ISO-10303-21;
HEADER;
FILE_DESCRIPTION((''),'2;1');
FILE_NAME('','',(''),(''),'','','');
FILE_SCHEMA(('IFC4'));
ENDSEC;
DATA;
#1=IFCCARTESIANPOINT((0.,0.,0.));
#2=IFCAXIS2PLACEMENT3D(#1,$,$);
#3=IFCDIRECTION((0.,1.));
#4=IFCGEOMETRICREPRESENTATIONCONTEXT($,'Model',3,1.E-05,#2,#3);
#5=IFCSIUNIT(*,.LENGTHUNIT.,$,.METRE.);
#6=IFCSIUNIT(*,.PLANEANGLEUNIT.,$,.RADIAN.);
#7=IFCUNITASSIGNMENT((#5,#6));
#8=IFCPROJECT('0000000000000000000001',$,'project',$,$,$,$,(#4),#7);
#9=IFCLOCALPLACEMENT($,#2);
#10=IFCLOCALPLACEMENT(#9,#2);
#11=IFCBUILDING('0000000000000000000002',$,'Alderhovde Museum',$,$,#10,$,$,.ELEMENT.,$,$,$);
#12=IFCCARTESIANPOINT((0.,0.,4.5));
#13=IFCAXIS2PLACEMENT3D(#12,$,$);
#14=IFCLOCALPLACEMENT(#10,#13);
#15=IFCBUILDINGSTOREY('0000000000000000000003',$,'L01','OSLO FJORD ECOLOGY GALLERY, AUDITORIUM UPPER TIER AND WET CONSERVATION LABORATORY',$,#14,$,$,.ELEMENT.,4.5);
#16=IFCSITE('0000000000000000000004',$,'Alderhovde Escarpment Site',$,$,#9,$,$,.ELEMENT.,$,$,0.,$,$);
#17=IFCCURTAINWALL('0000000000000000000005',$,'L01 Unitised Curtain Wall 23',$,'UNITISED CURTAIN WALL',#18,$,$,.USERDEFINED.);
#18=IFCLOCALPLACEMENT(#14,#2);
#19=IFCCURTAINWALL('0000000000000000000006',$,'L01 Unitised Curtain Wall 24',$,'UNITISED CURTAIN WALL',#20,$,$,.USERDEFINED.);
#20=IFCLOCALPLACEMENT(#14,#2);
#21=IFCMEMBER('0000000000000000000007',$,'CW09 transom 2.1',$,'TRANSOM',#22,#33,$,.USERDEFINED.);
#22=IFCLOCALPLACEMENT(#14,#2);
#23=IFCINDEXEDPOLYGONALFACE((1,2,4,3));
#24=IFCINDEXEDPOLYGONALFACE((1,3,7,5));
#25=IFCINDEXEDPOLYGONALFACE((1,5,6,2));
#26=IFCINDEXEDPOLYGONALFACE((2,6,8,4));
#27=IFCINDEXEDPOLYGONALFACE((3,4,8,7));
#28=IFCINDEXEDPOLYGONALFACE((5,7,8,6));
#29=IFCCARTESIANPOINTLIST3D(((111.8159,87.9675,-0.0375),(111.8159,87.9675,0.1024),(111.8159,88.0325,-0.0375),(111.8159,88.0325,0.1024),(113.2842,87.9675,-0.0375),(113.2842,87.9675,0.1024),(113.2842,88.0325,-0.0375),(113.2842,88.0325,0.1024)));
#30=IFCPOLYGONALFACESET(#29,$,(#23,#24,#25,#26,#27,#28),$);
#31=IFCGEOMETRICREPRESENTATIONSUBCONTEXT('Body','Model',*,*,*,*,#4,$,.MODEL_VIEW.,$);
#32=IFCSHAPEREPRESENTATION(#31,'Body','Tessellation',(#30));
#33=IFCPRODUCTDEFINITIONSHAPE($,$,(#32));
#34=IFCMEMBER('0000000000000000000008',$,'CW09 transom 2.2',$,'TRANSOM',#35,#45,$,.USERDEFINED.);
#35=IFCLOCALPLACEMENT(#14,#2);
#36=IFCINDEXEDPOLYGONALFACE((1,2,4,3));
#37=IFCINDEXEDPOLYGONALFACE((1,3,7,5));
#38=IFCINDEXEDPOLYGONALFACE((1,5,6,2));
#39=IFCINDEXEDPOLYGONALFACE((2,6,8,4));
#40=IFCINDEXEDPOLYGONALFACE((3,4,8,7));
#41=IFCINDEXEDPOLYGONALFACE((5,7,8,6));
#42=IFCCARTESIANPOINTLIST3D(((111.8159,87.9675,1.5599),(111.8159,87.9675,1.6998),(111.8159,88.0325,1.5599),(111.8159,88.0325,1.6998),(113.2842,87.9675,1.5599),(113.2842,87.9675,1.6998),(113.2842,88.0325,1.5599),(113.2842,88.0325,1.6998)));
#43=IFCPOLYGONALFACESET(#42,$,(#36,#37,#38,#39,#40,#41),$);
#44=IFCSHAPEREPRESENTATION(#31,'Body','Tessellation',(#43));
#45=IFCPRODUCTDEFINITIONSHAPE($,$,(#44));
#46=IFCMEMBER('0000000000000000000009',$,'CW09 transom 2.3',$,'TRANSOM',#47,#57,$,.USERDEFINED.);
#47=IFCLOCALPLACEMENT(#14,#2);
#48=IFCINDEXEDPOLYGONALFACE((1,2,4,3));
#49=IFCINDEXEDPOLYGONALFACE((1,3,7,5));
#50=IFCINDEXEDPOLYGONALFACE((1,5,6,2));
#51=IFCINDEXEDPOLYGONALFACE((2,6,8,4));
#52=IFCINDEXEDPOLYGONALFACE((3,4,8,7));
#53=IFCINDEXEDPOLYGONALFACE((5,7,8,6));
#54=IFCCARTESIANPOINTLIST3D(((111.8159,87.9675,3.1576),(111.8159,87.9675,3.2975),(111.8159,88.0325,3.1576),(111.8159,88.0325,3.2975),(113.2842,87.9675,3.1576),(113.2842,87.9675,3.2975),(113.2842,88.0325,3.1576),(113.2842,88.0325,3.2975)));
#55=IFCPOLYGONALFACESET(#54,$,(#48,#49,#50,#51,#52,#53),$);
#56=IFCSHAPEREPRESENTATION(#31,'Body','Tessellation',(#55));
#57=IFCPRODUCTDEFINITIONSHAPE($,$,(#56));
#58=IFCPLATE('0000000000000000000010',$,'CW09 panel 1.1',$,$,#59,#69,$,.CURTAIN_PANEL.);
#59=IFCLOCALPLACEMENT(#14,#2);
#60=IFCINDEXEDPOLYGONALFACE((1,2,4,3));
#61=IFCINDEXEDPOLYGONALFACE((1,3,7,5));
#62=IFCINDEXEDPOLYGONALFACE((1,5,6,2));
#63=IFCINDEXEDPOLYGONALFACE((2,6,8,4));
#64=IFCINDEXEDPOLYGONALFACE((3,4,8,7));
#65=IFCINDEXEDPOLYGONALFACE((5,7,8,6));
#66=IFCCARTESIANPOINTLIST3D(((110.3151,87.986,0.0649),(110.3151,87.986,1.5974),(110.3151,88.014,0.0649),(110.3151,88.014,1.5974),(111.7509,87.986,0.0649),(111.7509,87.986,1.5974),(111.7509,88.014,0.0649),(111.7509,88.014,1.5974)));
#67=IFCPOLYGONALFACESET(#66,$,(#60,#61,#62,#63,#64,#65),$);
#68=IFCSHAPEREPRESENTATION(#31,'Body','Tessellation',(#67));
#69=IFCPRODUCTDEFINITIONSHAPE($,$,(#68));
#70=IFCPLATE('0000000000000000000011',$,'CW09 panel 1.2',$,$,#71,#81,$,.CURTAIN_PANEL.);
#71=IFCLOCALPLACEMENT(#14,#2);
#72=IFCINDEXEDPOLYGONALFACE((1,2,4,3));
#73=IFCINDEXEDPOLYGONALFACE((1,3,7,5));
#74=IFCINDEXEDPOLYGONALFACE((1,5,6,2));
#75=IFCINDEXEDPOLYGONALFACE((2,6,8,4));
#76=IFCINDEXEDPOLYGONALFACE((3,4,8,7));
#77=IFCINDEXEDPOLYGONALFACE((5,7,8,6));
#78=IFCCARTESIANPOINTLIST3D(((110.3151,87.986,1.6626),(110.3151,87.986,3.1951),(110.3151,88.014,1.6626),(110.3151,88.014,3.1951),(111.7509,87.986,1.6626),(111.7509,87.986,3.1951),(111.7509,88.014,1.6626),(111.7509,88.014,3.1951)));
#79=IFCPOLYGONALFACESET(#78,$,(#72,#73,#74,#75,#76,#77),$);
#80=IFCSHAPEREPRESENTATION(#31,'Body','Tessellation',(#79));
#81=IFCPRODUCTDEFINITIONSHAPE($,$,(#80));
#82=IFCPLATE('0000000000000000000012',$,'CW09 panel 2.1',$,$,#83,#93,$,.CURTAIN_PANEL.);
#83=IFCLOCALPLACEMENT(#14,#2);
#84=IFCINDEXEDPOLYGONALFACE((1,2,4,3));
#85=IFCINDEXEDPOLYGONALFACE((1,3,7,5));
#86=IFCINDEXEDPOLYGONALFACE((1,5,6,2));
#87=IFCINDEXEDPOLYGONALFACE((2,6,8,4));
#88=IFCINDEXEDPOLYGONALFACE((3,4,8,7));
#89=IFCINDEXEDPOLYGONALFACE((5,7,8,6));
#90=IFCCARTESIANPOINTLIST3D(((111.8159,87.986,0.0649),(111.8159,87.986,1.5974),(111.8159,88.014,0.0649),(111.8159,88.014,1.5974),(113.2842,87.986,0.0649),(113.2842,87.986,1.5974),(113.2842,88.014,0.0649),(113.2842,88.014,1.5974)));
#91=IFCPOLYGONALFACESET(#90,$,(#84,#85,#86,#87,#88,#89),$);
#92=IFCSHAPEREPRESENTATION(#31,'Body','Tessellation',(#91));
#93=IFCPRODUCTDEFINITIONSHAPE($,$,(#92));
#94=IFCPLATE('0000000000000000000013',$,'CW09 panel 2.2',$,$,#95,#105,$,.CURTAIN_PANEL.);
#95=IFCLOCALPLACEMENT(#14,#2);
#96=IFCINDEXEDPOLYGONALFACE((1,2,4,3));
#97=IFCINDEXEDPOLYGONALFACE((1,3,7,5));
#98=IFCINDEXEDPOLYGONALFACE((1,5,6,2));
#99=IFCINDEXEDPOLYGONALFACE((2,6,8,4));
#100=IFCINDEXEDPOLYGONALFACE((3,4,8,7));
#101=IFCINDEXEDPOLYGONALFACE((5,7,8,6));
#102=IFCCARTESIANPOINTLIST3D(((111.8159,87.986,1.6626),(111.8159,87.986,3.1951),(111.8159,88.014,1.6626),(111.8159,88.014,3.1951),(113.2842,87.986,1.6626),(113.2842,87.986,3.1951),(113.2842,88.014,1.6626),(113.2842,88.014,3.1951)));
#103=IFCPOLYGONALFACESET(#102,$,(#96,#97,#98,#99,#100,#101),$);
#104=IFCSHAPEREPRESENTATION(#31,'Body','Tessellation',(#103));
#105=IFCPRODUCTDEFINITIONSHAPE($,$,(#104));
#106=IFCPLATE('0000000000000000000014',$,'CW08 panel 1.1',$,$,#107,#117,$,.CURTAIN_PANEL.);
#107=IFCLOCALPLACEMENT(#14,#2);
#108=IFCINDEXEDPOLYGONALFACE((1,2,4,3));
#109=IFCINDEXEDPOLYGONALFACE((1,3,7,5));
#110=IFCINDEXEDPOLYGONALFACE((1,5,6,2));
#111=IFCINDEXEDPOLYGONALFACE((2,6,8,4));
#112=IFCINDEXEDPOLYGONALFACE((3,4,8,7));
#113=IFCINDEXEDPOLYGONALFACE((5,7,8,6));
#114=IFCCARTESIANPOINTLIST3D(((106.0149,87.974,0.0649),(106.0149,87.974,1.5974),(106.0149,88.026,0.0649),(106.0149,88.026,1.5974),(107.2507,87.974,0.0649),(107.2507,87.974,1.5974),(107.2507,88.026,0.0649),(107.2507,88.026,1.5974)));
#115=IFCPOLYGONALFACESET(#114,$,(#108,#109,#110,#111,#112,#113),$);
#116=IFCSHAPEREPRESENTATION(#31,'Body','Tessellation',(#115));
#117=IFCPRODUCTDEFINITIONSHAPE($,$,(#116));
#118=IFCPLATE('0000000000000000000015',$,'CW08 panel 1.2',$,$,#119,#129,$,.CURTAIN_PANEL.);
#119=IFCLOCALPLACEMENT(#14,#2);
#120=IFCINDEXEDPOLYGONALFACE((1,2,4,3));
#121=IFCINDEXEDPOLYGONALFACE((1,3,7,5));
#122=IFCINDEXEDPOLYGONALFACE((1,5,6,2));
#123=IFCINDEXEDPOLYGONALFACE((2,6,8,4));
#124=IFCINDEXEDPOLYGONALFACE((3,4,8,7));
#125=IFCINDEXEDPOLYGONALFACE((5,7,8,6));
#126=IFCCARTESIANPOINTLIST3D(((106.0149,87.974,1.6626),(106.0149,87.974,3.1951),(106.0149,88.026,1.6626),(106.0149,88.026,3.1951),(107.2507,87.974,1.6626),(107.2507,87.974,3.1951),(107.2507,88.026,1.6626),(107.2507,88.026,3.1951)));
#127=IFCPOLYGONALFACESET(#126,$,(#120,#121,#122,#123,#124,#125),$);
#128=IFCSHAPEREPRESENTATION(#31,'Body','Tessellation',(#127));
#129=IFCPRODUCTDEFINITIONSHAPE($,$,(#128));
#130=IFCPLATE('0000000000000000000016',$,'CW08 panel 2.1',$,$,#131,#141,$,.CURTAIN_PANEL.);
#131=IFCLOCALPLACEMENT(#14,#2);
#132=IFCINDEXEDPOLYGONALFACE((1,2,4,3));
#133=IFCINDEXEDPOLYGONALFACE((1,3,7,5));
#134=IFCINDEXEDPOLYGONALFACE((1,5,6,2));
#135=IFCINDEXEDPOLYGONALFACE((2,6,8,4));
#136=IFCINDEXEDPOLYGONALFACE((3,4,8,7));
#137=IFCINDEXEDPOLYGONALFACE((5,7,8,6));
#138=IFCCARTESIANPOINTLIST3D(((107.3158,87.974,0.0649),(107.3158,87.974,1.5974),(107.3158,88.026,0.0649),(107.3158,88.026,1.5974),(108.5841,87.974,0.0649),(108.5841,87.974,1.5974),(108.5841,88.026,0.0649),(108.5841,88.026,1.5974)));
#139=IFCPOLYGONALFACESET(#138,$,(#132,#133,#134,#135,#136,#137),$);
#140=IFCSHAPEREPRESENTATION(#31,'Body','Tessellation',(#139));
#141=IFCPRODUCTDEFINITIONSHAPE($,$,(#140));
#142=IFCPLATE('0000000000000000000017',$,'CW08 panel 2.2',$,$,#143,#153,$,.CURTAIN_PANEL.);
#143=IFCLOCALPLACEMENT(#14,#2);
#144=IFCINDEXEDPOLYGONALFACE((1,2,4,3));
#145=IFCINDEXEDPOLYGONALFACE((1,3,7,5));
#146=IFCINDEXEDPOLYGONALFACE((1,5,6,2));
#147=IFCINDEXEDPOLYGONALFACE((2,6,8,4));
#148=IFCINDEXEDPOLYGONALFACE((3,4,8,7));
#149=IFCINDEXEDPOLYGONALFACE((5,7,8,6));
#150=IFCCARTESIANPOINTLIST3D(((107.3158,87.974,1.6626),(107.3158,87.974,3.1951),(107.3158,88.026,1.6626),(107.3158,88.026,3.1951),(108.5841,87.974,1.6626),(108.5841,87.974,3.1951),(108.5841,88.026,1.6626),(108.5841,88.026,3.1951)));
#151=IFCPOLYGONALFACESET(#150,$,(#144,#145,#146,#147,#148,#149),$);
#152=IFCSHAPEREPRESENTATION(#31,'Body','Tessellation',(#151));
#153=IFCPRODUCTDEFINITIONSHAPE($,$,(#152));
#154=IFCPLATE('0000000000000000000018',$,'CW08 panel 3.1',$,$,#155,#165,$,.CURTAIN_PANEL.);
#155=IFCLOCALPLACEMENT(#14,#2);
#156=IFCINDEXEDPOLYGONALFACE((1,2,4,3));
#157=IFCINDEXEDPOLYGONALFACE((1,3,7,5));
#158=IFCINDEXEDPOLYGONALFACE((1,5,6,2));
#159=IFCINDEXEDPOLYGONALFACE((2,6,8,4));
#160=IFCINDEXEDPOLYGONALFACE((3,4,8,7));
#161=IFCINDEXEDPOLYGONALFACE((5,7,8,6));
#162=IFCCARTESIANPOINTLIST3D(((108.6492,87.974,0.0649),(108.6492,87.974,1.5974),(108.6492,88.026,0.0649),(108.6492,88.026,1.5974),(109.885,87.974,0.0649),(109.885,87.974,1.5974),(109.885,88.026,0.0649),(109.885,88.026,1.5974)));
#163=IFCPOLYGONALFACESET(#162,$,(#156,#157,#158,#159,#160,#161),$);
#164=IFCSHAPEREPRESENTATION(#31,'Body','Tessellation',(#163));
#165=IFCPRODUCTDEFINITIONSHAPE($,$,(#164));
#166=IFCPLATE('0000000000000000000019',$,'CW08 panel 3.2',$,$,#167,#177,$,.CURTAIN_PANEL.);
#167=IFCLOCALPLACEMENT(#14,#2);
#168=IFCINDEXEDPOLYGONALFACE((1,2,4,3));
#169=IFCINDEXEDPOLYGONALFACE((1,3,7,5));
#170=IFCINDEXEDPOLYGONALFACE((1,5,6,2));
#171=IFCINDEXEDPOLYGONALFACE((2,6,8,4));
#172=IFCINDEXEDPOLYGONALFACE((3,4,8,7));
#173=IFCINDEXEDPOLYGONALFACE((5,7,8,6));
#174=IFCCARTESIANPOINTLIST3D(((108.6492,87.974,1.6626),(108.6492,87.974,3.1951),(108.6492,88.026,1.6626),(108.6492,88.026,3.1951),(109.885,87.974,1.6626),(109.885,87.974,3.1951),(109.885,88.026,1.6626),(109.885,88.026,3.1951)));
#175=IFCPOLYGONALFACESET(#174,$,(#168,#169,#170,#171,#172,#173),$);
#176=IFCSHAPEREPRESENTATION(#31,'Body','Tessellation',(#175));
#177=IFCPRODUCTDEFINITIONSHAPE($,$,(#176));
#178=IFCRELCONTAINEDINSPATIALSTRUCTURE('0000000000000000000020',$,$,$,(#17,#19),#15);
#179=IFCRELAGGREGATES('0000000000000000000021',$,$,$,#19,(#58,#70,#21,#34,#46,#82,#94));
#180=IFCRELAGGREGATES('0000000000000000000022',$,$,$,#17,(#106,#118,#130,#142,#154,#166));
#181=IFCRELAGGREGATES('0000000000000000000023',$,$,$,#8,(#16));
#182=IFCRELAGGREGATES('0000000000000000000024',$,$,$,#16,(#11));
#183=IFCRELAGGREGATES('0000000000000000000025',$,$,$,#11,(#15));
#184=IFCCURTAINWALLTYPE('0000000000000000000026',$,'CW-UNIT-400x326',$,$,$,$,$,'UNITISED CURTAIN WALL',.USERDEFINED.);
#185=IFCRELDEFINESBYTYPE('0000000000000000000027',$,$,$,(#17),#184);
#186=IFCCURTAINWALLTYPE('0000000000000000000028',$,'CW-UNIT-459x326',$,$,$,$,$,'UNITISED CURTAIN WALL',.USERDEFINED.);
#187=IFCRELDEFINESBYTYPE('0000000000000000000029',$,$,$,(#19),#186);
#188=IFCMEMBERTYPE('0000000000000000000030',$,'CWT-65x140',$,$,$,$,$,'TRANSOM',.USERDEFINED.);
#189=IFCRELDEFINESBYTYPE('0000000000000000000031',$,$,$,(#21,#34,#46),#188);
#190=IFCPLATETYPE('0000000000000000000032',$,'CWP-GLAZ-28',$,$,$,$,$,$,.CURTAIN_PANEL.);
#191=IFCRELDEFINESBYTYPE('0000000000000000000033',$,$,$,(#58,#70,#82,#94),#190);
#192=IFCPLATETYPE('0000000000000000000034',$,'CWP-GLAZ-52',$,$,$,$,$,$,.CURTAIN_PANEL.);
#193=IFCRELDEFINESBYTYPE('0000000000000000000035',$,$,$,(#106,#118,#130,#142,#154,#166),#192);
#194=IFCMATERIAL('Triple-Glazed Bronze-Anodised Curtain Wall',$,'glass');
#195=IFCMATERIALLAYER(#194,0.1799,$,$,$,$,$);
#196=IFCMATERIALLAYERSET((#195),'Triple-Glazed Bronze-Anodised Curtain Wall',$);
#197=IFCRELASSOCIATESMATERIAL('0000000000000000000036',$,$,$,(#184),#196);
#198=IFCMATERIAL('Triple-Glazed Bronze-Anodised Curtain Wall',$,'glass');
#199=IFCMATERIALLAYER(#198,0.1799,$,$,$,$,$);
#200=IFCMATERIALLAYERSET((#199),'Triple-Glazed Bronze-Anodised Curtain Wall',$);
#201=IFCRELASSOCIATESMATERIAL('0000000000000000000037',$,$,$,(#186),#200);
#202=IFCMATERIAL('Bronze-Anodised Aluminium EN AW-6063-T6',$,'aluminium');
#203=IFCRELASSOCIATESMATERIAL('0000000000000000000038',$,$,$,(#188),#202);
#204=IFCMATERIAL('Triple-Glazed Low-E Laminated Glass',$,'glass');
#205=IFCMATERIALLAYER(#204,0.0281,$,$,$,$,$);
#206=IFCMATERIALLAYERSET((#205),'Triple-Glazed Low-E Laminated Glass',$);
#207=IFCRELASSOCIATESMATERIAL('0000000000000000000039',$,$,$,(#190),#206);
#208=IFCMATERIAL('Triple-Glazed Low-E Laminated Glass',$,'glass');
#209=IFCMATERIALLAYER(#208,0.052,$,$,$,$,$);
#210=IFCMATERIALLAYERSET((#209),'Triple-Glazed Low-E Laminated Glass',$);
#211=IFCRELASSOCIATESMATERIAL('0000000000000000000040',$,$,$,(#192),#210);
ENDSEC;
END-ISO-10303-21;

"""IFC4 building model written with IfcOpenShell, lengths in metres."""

from ifc_helpers import new_model, si_unit, direction, frame, origin, origin_2d, place, context, subcontext, project, spatial, rectangle, extrude, material, layer, layer_set, material_profile, profile_set, type_object, element, aggregate, save


model = new_model("IFC4")

# Units and contexts
model_context = context("Model", 3, precision=1e-05, world=origin(), true_north=direction((0.0, 1.0)))
body_context = subcontext(model_context, "Body", "Model", "MODEL_VIEW")
ifc_project = project(units=[si_unit("LENGTHUNIT", "METRE"), si_unit("PLANEANGLEUNIT", "RADIAN")], contexts=[model_context])

# Site, building, storey
site_placement = place(None, origin())
site = spatial("IfcSite", under=ifc_project, at=site_placement, Name="Alderhovde Escarpment Site", CompositionType="ELEMENT", RefElevation=0.0)
building_placement = place(site_placement, origin())
building = spatial("IfcBuilding", under=site, at=building_placement, Name="Alderhovde Museum", CompositionType="ELEMENT")
storey_placement = place(building_placement, frame((0.0, 0.0, 4.5)))
storey = spatial("IfcBuildingStorey", under=building, at=storey_placement, Name="L01", Description="OSLO FJORD ECOLOGY GALLERY, AUDITORIUM UPPER TIER AND WET CONSERVATION LABORATORY", CompositionType="ELEMENT", Elevation=4.5)

# Curtain walls
ifc_material_1 = material(Name="Triple-Glazed Bronze-Anodised Curtain Wall", Category="glass")
ifc_layer_1 = layer(ifc_material_1, 0.1799)
ifc_layer_set_1 = layer_set([ifc_layer_1], Name="Triple-Glazed Bronze-Anodised Curtain Wall")
curtain_wall_type_1 = type_object("IfcCurtainWallType", Name="CW-UNIT-400x326", ElementType="UNITISED CURTAIN WALL", PredefinedType="USERDEFINED", material=ifc_layer_set_1)
curtain_wall_1_placement = place(storey_placement, origin())
curtain_wall_1 = element("IfcCurtainWall", 1, at=curtain_wall_1_placement, inside=storey, type_object=curtain_wall_type_1, Name="L01 Unitised Curtain Wall 23", ObjectType="UNITISED CURTAIN WALL", PredefinedType="USERDEFINED")
ifc_material_2 = material(Name="Triple-Glazed Bronze-Anodised Curtain Wall", Category="glass")
ifc_layer_2 = layer(ifc_material_2, 0.1799)
ifc_layer_set_2 = layer_set([ifc_layer_2], Name="Triple-Glazed Bronze-Anodised Curtain Wall")
curtain_wall_type_2 = type_object("IfcCurtainWallType", Name="CW-UNIT-459x326", ElementType="UNITISED CURTAIN WALL", PredefinedType="USERDEFINED", material=ifc_layer_set_2)
curtain_wall_2_placement = place(storey_placement, origin())
curtain_wall_2 = element("IfcCurtainWall", 2, at=curtain_wall_2_placement, inside=storey, type_object=curtain_wall_type_2, Name="L01 Unitised Curtain Wall 24", ObjectType="UNITISED CURTAIN WALL", PredefinedType="USERDEFINED")

# Members
ifc_material_3 = material(Name="Bronze-Anodised Aluminium EN AW-6063-T6", Category="aluminium")
ifc_material_profile_1 = material_profile(ifc_material_3, rectangle(XDim=0.0649, YDim=0.1399, at=origin_2d()), Name="TRANSOM 65x140")
ifc_profile_set_1 = profile_set([ifc_material_profile_1], Name="Bronze-Anodised Aluminium EN AW-6063-T6")
member_type_1 = type_object("IfcMemberType", Name="CWT-65x140", ElementType="TRANSOM", PredefinedType="USERDEFINED", material=ifc_profile_set_1)
member_1_placement = place(storey_placement, frame((111.8159, 88.0, 0.0325), z_axis=(1.0, 0.0, 0.0), x_axis=(0.0, 1.0, 0.0)))
member_1 = element("IfcMember", 3, at=member_1_placement, type_object=member_type_1, Name="CW09 transom 2.1", ObjectType="TRANSOM", PredefinedType="USERDEFINED", context=body_context, shape_type="SweptSolid", body=[
    extrude(rectangle(XDim=0.0649, YDim=0.1399, at=origin_2d()), origin(), (0.0, 0.0, 1.0), 1.4683),
])
member_2_placement = place(storey_placement, frame((111.8159, 88.0, 1.6299), z_axis=(1.0, 0.0, 0.0), x_axis=(0.0, 1.0, 0.0)))
member_2 = element("IfcMember", 4, at=member_2_placement, type_object=member_type_1, Name="CW09 transom 2.2", ObjectType="TRANSOM", PredefinedType="USERDEFINED", context=body_context, shape_type="SweptSolid", body=[
    extrude(rectangle(XDim=0.0649, YDim=0.1399, at=origin_2d()), origin(), (0.0, 0.0, 1.0), 1.4683),
])
member_3_placement = place(storey_placement, frame((111.8159, 88.0, 3.2275), z_axis=(1.0, 0.0, 0.0), x_axis=(0.0, 1.0, 0.0)))
member_3 = element("IfcMember", 5, at=member_3_placement, type_object=member_type_1, Name="CW09 transom 2.3", ObjectType="TRANSOM", PredefinedType="USERDEFINED", context=body_context, shape_type="SweptSolid", body=[
    extrude(rectangle(XDim=0.0649, YDim=0.1399, at=origin_2d()), origin(), (0.0, 0.0, 1.0), 1.4683),
])

# Plates
ifc_material_4 = material(Name="Triple-Glazed Low-E Laminated Glass", Category="glass")
ifc_layer_3 = layer(ifc_material_4, 0.0281)
ifc_layer_set_3 = layer_set([ifc_layer_3], Name="Triple-Glazed Low-E Laminated Glass")
plate_type_1 = type_object("IfcPlateType", Name="CWP-GLAZ-28", PredefinedType="CURTAIN_PANEL", material=ifc_layer_set_3)
plate_1_placement = place(storey_placement, frame((111.033, 88.0, 0.0649), z_axis=(0.0, 0.0, 1.0), x_axis=(1.0, 0.0, 0.0)))
plate_1 = element("IfcPlate", 6, at=plate_1_placement, type_object=plate_type_1, Name="CW09 panel 1.1", PredefinedType="CURTAIN_PANEL", context=body_context, shape_type="SweptSolid", body=[
    extrude(rectangle(XDim=1.4358, YDim=0.0281, at=origin_2d()), origin(), (0.0, 0.0, 1.0), 1.5325),
])
plate_2_placement = place(storey_placement, frame((111.033, 88.0, 1.6626), z_axis=(0.0, 0.0, 1.0), x_axis=(1.0, 0.0, 0.0)))
plate_2 = element("IfcPlate", 7, at=plate_2_placement, type_object=plate_type_1, Name="CW09 panel 1.2", PredefinedType="CURTAIN_PANEL", context=body_context, shape_type="SweptSolid", body=[
    extrude(rectangle(XDim=1.4358, YDim=0.0281, at=origin_2d()), origin(), (0.0, 0.0, 1.0), 1.5325),
])
plate_3_placement = place(storey_placement, frame((112.55, 88.0, 0.0649), z_axis=(0.0, 0.0, 1.0), x_axis=(1.0, 0.0, 0.0)))
plate_3 = element("IfcPlate", 8, at=plate_3_placement, type_object=plate_type_1, Name="CW09 panel 2.1", PredefinedType="CURTAIN_PANEL", context=body_context, shape_type="SweptSolid", body=[
    extrude(rectangle(XDim=1.4683, YDim=0.0281, at=origin_2d()), origin(), (0.0, 0.0, 1.0), 1.5325),
])
plate_4_placement = place(storey_placement, frame((112.55, 88.0, 1.6626), z_axis=(0.0, 0.0, 1.0), x_axis=(1.0, 0.0, 0.0)))
plate_4 = element("IfcPlate", 9, at=plate_4_placement, type_object=plate_type_1, Name="CW09 panel 2.2", PredefinedType="CURTAIN_PANEL", context=body_context, shape_type="SweptSolid", body=[
    extrude(rectangle(XDim=1.4683, YDim=0.0281, at=origin_2d()), origin(), (0.0, 0.0, 1.0), 1.5325),
])
aggregate(curtain_wall_2, [plate_1, plate_2, member_1, member_2, member_3, plate_3, plate_4])
ifc_material_5 = material(Name="Triple-Glazed Low-E Laminated Glass", Category="glass")
ifc_layer_4 = layer(ifc_material_5, 0.052)
ifc_layer_set_4 = layer_set([ifc_layer_4], Name="Triple-Glazed Low-E Laminated Glass")
plate_type_2 = type_object("IfcPlateType", Name="CWP-GLAZ-52", PredefinedType="CURTAIN_PANEL", material=ifc_layer_set_4)
plate_5_placement = place(storey_placement, frame((106.6328, 88.0, 0.0649), z_axis=(0.0, 0.0, 1.0), x_axis=(1.0, 0.0, 0.0)))
plate_5 = element("IfcPlate", 10, at=plate_5_placement, type_object=plate_type_2, Name="CW08 panel 1.1", PredefinedType="CURTAIN_PANEL", context=body_context, shape_type="SweptSolid", body=[
    extrude(rectangle(XDim=1.2358, YDim=0.052, at=origin_2d()), origin(), (0.0, 0.0, 1.0), 1.5325),
])
plate_6_placement = place(storey_placement, frame((106.6328, 88.0, 1.6626), z_axis=(0.0, 0.0, 1.0), x_axis=(1.0, 0.0, 0.0)))
plate_6 = element("IfcPlate", 11, at=plate_6_placement, type_object=plate_type_2, Name="CW08 panel 1.2", PredefinedType="CURTAIN_PANEL", context=body_context, shape_type="SweptSolid", body=[
    extrude(rectangle(XDim=1.2358, YDim=0.052, at=origin_2d()), origin(), (0.0, 0.0, 1.0), 1.5325),
])
plate_7_placement = place(storey_placement, frame((107.95, 88.0, 0.0649), z_axis=(0.0, 0.0, 1.0), x_axis=(1.0, 0.0, 0.0)))
plate_7 = element("IfcPlate", 12, at=plate_7_placement, type_object=plate_type_2, Name="CW08 panel 2.1", PredefinedType="CURTAIN_PANEL", context=body_context, shape_type="SweptSolid", body=[
    extrude(rectangle(XDim=1.2683, YDim=0.052, at=origin_2d()), origin(), (0.0, 0.0, 1.0), 1.5325),
])
plate_8_placement = place(storey_placement, frame((107.95, 88.0, 1.6626), z_axis=(0.0, 0.0, 1.0), x_axis=(1.0, 0.0, 0.0)))
plate_8 = element("IfcPlate", 13, at=plate_8_placement, type_object=plate_type_2, Name="CW08 panel 2.2", PredefinedType="CURTAIN_PANEL", context=body_context, shape_type="SweptSolid", body=[
    extrude(rectangle(XDim=1.2683, YDim=0.052, at=origin_2d()), origin(), (0.0, 0.0, 1.0), 1.5325),
])
plate_9_placement = place(storey_placement, frame((109.2671, 88.0, 0.0649), z_axis=(0.0, 0.0, 1.0), x_axis=(1.0, 0.0, 0.0)))
plate_9 = element("IfcPlate", 14, at=plate_9_placement, type_object=plate_type_2, Name="CW08 panel 3.1", PredefinedType="CURTAIN_PANEL", context=body_context, shape_type="SweptSolid", body=[
    extrude(rectangle(XDim=1.2358, YDim=0.052, at=origin_2d()), origin(), (0.0, 0.0, 1.0), 1.5325),
])
plate_10_placement = place(storey_placement, frame((109.2671, 88.0, 1.6626), z_axis=(0.0, 0.0, 1.0), x_axis=(1.0, 0.0, 0.0)))
plate_10 = element("IfcPlate", 15, at=plate_10_placement, type_object=plate_type_2, Name="CW08 panel 3.2", PredefinedType="CURTAIN_PANEL", context=body_context, shape_type="SweptSolid", body=[
    extrude(rectangle(XDim=1.2358, YDim=0.052, at=origin_2d()), origin(), (0.0, 0.0, 1.0), 1.5325),
])
aggregate(curtain_wall_1, [plate_5, plate_6, plate_7, plate_8, plate_9, plate_10])

save(model, "model.ifc")
